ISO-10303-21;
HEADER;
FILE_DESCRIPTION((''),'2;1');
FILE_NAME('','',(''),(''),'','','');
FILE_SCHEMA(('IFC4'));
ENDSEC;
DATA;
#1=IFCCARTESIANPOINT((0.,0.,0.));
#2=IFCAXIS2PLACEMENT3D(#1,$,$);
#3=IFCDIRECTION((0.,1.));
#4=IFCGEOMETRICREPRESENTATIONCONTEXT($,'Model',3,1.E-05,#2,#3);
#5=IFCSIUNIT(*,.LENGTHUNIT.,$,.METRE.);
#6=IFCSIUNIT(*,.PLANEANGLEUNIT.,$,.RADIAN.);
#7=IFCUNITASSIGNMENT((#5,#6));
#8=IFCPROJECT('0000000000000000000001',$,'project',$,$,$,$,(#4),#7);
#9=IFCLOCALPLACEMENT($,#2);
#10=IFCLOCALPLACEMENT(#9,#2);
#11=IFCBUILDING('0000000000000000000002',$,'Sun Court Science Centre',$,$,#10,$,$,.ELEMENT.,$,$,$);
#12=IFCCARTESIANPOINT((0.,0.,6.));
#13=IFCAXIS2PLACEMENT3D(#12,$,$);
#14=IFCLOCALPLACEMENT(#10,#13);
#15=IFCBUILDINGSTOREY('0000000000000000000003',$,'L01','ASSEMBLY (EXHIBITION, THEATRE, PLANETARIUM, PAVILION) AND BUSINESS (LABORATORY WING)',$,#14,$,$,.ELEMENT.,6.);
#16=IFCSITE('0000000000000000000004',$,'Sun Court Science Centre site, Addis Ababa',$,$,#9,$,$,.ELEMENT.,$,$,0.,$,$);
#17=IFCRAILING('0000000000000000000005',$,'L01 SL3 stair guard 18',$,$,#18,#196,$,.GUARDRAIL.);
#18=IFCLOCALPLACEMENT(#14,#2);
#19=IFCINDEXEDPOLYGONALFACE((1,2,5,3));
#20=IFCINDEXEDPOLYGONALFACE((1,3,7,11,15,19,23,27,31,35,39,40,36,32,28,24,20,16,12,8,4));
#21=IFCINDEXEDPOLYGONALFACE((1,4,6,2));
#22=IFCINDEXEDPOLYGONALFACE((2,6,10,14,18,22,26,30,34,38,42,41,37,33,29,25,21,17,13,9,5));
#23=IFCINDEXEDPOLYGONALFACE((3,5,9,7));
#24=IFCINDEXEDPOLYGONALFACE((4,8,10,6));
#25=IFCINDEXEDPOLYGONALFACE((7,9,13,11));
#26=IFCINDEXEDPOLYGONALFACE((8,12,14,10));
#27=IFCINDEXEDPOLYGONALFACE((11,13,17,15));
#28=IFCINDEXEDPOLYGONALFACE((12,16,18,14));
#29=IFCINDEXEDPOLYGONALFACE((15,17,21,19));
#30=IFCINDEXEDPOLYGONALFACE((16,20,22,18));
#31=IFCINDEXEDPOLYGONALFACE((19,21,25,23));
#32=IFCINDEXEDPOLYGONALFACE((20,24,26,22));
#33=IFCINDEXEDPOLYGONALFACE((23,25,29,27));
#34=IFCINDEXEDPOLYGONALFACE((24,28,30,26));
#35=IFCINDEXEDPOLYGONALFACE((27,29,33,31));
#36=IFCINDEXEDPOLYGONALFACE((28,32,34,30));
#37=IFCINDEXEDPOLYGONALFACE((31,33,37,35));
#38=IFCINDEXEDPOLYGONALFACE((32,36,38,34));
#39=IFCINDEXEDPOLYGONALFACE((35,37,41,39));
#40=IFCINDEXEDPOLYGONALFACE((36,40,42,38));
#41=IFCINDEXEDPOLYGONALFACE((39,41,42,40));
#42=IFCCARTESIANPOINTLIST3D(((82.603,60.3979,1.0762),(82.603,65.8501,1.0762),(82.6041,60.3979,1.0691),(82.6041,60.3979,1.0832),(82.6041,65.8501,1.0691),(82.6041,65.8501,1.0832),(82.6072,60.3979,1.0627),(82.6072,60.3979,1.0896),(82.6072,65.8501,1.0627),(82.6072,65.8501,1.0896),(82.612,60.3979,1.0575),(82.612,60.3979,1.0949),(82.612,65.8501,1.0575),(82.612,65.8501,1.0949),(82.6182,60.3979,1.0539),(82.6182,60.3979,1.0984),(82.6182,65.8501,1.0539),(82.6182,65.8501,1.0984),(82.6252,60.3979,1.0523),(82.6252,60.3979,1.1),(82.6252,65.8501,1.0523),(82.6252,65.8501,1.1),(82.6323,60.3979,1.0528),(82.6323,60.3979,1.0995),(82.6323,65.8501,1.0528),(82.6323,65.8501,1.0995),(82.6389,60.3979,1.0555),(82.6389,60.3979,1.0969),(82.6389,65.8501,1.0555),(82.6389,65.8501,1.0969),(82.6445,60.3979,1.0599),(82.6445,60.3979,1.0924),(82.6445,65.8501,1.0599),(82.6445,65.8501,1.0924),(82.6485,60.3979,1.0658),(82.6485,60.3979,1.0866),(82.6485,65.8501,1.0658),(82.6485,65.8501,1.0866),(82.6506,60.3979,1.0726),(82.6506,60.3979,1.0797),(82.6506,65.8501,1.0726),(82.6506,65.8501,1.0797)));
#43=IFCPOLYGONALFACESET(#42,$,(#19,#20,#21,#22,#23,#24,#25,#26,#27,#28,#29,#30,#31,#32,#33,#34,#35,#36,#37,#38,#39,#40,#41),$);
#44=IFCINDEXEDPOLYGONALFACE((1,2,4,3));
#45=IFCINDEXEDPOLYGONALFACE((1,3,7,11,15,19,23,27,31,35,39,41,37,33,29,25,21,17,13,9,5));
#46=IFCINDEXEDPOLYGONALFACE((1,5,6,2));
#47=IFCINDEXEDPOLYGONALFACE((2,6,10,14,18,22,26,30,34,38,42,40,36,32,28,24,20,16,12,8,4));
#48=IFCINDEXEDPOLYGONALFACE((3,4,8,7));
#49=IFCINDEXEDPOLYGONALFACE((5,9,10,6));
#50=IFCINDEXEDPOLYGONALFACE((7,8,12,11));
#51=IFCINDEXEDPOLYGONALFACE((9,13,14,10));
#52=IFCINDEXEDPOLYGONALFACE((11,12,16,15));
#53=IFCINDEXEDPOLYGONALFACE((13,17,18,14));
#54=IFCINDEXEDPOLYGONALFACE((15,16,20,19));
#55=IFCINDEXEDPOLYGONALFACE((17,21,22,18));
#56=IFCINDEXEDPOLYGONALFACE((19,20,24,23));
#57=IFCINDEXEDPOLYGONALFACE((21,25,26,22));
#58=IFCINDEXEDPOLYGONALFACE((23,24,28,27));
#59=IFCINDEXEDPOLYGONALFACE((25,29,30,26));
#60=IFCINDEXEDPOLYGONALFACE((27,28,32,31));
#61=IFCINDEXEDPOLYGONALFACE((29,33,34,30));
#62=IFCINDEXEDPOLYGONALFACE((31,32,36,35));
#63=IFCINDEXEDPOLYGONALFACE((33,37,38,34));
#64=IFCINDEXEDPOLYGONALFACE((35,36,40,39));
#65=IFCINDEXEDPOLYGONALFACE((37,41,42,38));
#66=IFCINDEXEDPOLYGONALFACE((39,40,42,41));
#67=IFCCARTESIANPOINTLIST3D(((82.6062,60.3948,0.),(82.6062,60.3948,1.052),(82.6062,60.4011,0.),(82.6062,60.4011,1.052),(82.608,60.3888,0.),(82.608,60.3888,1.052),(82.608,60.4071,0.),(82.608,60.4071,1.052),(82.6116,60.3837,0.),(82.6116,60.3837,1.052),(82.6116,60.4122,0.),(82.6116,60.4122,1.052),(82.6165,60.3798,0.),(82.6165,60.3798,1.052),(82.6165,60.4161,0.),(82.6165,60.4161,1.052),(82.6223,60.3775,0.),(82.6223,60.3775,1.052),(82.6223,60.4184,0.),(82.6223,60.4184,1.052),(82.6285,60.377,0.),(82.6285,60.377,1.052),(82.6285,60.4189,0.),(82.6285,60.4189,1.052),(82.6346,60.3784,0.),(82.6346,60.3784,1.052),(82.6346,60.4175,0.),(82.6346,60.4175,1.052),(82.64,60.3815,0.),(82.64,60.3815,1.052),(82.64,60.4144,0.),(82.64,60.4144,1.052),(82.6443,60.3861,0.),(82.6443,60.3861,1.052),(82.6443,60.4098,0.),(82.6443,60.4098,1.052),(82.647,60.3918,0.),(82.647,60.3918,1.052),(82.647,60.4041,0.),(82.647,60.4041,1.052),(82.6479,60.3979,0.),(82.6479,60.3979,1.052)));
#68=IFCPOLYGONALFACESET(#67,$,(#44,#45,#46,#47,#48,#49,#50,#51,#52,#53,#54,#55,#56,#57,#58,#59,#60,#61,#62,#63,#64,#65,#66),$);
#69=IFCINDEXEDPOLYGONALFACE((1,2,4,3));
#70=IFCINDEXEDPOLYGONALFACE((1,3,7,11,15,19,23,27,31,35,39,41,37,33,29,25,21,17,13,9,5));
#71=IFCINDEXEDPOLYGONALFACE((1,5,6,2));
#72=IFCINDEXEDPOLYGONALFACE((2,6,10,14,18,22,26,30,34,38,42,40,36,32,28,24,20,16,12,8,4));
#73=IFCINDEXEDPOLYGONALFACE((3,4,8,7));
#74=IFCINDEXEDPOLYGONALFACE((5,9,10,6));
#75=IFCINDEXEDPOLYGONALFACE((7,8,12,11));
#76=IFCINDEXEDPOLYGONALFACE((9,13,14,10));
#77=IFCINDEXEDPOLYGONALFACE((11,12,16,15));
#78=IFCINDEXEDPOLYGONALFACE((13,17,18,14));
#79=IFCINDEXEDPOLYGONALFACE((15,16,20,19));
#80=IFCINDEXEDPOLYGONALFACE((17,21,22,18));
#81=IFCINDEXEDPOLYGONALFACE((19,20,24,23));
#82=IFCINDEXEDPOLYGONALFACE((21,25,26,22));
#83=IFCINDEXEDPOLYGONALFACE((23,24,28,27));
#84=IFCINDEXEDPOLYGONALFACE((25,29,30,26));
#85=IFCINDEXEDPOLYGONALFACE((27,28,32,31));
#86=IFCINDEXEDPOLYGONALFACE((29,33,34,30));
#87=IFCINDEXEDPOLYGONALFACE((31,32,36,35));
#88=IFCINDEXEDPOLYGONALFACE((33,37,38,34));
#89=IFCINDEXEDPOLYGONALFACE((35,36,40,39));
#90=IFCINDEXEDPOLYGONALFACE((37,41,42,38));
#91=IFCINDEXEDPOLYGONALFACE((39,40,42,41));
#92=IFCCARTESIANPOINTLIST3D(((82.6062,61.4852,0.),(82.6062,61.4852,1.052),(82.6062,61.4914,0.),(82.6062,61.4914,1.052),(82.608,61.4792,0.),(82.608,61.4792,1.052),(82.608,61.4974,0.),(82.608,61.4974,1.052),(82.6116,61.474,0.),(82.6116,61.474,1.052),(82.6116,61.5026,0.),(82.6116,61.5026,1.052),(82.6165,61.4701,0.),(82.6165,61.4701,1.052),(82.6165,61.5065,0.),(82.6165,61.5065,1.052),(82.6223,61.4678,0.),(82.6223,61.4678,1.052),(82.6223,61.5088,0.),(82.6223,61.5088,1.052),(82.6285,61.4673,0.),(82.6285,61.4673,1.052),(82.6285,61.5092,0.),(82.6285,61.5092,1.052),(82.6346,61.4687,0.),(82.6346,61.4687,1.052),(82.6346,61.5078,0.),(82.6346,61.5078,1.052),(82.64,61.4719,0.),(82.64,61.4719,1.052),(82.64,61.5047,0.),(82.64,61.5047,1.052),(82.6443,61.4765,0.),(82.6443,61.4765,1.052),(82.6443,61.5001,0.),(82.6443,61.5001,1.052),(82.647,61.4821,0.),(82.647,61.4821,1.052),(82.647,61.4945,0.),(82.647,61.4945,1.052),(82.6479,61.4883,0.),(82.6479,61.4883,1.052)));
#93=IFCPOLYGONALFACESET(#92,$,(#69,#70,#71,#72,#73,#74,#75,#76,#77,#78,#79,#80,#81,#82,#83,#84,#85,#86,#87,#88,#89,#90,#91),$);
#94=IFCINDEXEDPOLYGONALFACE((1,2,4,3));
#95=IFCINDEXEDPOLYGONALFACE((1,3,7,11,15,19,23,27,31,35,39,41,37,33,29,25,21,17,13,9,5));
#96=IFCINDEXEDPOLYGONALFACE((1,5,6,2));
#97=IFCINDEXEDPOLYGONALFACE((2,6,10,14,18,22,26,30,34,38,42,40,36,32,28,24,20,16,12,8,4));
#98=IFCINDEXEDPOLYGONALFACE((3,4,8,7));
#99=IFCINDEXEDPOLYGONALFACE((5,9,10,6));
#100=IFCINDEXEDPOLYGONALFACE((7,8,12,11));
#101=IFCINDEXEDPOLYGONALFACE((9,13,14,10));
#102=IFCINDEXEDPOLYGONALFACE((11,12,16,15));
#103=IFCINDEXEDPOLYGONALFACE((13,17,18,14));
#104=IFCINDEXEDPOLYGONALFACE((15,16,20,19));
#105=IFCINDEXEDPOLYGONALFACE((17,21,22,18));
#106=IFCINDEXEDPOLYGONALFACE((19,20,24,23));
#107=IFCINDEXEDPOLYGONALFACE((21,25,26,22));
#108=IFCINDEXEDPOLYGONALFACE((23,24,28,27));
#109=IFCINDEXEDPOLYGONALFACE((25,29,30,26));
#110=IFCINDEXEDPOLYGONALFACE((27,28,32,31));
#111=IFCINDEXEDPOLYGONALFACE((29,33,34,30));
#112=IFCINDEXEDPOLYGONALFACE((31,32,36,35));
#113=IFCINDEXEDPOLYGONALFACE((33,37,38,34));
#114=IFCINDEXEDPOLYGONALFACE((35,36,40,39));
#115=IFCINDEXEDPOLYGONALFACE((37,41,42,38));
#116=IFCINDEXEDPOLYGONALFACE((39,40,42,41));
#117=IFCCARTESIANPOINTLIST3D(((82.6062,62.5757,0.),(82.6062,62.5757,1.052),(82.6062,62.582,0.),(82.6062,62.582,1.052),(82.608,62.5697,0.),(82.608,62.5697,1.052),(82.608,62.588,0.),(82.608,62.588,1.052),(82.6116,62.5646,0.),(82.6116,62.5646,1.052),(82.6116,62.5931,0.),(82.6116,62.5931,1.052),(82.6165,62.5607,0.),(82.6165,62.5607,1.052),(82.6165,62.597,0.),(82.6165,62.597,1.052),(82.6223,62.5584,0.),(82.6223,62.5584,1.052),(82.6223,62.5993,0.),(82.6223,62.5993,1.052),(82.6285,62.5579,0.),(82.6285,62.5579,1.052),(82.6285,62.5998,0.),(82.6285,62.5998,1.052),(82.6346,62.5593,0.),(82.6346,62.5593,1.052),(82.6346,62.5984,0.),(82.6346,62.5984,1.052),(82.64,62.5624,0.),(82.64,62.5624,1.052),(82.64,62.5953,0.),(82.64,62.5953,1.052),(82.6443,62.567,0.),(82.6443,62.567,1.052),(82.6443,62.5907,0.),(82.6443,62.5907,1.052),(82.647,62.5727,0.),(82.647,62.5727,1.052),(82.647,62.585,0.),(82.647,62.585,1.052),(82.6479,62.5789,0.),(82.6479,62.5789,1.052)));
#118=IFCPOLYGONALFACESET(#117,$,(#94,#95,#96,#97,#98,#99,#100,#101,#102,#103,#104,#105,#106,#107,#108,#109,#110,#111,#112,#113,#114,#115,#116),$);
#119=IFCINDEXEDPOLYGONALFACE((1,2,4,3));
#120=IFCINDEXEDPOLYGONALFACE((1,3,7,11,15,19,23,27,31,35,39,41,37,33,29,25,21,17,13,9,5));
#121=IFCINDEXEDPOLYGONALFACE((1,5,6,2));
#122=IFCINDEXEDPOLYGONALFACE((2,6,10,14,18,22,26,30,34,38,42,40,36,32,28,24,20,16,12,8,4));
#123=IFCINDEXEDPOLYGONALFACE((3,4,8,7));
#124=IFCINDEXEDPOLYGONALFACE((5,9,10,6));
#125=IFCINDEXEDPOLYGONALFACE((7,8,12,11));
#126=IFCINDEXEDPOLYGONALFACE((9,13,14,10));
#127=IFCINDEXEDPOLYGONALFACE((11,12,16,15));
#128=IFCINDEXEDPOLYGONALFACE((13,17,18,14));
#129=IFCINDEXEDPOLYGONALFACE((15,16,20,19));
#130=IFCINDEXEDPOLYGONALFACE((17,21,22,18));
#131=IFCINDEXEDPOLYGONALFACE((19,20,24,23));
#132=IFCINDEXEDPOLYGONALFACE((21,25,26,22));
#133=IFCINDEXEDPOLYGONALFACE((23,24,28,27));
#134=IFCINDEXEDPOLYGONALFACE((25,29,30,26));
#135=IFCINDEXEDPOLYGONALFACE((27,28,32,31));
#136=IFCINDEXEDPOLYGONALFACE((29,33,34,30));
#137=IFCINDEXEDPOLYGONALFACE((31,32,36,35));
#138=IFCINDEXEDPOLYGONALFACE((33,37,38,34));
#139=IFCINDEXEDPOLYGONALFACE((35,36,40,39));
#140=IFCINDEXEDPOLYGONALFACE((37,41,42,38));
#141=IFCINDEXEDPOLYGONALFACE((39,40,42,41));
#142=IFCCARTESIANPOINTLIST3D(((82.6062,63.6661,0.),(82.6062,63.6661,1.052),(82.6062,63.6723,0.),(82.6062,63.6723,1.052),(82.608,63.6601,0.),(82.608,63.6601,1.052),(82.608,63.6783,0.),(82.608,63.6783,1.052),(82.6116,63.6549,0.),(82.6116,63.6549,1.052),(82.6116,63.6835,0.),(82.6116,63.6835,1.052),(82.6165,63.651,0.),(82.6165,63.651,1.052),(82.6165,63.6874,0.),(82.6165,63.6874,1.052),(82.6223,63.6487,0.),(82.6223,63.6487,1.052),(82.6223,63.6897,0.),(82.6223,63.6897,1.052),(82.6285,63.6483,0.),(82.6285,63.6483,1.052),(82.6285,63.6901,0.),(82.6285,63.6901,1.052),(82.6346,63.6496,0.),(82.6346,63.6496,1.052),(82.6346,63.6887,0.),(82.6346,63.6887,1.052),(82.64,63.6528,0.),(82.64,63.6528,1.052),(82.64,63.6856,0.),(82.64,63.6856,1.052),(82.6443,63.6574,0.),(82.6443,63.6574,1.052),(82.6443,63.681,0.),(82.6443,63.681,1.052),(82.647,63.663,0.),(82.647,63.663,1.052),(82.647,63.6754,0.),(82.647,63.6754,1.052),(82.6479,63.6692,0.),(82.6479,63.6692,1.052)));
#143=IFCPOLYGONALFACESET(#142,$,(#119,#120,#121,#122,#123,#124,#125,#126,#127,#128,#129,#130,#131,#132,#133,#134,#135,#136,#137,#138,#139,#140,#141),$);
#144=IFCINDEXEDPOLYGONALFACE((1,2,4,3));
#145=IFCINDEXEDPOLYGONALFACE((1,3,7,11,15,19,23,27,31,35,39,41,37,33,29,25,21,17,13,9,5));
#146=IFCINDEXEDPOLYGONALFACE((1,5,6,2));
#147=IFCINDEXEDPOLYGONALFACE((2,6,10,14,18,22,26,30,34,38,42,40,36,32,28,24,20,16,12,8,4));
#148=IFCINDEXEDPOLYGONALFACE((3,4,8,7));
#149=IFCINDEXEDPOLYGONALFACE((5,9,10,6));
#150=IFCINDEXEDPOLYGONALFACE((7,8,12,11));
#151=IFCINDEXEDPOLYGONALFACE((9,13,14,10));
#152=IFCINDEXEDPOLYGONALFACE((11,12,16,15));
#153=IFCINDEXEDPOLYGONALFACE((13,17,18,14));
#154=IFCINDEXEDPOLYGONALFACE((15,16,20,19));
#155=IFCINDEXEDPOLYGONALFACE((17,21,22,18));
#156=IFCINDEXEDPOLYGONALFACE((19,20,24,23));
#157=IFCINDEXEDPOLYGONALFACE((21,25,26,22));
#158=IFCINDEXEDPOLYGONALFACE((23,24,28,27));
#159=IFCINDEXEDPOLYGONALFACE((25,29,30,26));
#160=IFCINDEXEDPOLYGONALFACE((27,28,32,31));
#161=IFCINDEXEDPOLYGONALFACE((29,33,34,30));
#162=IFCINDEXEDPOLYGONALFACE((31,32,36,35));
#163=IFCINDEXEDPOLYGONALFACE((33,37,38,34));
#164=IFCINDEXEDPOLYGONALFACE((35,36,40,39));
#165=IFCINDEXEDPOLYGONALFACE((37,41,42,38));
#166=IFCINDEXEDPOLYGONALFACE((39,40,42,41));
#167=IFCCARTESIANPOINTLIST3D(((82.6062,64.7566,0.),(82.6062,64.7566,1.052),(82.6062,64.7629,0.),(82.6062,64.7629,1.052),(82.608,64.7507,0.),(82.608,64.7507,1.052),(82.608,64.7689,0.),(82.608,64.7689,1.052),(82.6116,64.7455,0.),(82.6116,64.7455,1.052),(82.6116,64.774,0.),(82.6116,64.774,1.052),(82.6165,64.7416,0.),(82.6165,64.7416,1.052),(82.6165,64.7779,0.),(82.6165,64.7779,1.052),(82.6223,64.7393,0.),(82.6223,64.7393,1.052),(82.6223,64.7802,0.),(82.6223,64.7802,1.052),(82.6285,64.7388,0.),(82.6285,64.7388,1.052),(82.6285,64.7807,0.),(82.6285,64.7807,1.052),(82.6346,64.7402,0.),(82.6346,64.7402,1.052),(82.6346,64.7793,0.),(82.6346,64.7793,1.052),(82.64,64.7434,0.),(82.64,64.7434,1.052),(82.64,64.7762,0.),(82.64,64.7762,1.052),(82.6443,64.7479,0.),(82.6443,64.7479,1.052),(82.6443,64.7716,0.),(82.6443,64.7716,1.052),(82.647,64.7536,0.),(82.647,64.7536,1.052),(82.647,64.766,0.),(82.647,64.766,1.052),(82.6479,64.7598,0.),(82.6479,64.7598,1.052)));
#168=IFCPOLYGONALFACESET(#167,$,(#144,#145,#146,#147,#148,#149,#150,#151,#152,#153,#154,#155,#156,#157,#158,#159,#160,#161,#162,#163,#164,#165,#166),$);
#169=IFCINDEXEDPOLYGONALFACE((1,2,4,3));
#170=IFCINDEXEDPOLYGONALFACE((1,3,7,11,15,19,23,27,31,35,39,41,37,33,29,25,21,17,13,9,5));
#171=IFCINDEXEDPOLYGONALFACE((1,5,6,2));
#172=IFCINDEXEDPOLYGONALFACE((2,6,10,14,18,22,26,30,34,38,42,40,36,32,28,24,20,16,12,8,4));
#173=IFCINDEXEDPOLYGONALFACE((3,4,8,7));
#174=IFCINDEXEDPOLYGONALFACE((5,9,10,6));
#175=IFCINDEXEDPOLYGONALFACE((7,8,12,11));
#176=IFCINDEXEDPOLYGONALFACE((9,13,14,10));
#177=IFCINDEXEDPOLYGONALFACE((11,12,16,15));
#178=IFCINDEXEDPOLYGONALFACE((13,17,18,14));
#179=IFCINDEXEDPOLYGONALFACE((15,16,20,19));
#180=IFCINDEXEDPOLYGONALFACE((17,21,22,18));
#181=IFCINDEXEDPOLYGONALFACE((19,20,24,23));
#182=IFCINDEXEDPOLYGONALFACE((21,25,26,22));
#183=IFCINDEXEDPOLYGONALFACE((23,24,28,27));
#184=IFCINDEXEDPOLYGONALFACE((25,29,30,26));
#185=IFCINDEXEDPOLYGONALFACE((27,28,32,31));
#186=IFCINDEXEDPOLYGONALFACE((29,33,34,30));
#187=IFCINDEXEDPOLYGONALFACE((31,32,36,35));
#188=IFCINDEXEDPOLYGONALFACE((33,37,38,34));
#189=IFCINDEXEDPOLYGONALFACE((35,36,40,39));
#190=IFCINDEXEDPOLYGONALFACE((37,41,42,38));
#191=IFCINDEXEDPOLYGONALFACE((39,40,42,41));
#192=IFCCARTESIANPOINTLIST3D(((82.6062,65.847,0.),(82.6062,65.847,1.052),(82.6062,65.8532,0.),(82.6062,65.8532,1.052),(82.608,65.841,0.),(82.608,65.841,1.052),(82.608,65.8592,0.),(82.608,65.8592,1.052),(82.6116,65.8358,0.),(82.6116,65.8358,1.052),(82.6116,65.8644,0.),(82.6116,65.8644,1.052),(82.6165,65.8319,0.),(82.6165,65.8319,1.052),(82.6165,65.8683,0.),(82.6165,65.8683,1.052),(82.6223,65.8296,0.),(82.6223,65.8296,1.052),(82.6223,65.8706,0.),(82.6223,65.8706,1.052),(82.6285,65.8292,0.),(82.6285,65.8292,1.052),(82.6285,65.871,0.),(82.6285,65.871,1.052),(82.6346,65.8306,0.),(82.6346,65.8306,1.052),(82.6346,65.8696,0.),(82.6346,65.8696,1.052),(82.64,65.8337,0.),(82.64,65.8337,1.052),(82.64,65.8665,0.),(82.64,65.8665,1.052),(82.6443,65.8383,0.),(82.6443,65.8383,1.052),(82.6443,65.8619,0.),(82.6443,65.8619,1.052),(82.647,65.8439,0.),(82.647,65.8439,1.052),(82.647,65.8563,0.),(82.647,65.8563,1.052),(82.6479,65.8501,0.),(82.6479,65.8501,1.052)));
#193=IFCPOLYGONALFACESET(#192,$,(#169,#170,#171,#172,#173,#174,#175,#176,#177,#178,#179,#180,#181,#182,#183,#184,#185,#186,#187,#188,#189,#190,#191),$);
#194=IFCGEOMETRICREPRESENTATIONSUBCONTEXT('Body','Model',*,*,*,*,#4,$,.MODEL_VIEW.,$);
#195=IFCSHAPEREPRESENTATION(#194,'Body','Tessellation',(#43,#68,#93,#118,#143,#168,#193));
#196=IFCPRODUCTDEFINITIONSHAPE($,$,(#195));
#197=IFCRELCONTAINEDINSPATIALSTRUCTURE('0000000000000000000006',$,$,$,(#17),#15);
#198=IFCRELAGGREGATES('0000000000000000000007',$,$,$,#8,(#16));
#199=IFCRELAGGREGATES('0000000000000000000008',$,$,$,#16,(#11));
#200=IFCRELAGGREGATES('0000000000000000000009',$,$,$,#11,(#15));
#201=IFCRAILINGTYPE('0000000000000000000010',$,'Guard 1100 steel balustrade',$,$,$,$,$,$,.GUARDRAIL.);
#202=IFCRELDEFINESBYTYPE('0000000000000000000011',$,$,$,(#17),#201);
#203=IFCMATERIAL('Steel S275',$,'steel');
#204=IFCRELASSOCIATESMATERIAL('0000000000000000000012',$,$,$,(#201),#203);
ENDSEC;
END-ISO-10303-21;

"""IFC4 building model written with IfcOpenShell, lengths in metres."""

from ifc_helpers import new_model, si_unit, direction, frame, origin, origin_2d, place, context, subcontext, project, spatial, circle, extrude, material, type_object, element, save


model = new_model("IFC4")

# Units and contexts
model_context = context("Model", 3, precision=1e-05, world=origin(), true_north=direction((0.0, 1.0)))
body_context = subcontext(model_context, "Body", "Model", "MODEL_VIEW")
ifc_project = project(units=[si_unit("LENGTHUNIT", "METRE"), si_unit("PLANEANGLEUNIT", "RADIAN")], contexts=[model_context])

# Site, building, storey
site_placement = place(None, origin())
site = spatial("IfcSite", under=ifc_project, at=site_placement, Name="Sun Court Science Centre site, Addis Ababa", CompositionType="ELEMENT", RefElevation=0.0)
building_placement = place(site_placement, origin())
building = spatial("IfcBuilding", under=site, at=building_placement, Name="Sun Court Science Centre", CompositionType="ELEMENT")
storey_placement = place(building_placement, frame((0.0, 0.0, 6.0)))
storey = spatial("IfcBuildingStorey", under=building, at=storey_placement, Name="L01", Description="ASSEMBLY (EXHIBITION, THEATRE, PLANETARIUM, PAVILION) AND BUSINESS (LABORATORY WING)", CompositionType="ELEMENT", Elevation=6.0)

# Railing
ifc_material_1 = material(Name="Steel S275", Category="steel")
railing_type_1 = type_object("IfcRailingType", Name="Guard 1100 steel balustrade", PredefinedType="GUARDRAIL", material=ifc_material_1)
railing_placement = place(storey_placement, frame((82.627, 60.3979, 0.0)))
element("IfcRailing", 1, at=railing_placement, inside=storey, type_object=railing_type_1, Name="L01 SL3 stair guard 18", PredefinedType="GUARDRAIL", context=body_context, shape_type="SweptSolid", body=[
    extrude(circle(Radius=0.0239, at=origin_2d()), frame((0.0, 0.0, 1.0762), z_axis=(0.0, 1.0, 0.0), x_axis=(-1.0, 0.0, 0.0)), (0.0, 0.0, 1.0), 5.4521),
    extrude(circle(Radius=0.021, at=origin_2d()), origin(), (0.0, 0.0, 1.0), 1.052),
    extrude(circle(Radius=0.021, at=origin_2d()), frame((0.0, 1.0903, 0.0)), (0.0, 0.0, 1.0), 1.052),
    extrude(circle(Radius=0.021, at=origin_2d()), frame((0.0, 2.1809, 0.0)), (0.0, 0.0, 1.0), 1.052),
    extrude(circle(Radius=0.021, at=origin_2d()), frame((0.0, 3.2712, 0.0)), (0.0, 0.0, 1.0), 1.052),
    extrude(circle(Radius=0.021, at=origin_2d()), frame((0.0, 4.3618, 0.0)), (0.0, 0.0, 1.0), 1.052),
    extrude(circle(Radius=0.021, at=origin_2d()), frame((0.0, 5.4521, 0.0)), (0.0, 0.0, 1.0), 1.052),
])

save(model, "model.ifc")
